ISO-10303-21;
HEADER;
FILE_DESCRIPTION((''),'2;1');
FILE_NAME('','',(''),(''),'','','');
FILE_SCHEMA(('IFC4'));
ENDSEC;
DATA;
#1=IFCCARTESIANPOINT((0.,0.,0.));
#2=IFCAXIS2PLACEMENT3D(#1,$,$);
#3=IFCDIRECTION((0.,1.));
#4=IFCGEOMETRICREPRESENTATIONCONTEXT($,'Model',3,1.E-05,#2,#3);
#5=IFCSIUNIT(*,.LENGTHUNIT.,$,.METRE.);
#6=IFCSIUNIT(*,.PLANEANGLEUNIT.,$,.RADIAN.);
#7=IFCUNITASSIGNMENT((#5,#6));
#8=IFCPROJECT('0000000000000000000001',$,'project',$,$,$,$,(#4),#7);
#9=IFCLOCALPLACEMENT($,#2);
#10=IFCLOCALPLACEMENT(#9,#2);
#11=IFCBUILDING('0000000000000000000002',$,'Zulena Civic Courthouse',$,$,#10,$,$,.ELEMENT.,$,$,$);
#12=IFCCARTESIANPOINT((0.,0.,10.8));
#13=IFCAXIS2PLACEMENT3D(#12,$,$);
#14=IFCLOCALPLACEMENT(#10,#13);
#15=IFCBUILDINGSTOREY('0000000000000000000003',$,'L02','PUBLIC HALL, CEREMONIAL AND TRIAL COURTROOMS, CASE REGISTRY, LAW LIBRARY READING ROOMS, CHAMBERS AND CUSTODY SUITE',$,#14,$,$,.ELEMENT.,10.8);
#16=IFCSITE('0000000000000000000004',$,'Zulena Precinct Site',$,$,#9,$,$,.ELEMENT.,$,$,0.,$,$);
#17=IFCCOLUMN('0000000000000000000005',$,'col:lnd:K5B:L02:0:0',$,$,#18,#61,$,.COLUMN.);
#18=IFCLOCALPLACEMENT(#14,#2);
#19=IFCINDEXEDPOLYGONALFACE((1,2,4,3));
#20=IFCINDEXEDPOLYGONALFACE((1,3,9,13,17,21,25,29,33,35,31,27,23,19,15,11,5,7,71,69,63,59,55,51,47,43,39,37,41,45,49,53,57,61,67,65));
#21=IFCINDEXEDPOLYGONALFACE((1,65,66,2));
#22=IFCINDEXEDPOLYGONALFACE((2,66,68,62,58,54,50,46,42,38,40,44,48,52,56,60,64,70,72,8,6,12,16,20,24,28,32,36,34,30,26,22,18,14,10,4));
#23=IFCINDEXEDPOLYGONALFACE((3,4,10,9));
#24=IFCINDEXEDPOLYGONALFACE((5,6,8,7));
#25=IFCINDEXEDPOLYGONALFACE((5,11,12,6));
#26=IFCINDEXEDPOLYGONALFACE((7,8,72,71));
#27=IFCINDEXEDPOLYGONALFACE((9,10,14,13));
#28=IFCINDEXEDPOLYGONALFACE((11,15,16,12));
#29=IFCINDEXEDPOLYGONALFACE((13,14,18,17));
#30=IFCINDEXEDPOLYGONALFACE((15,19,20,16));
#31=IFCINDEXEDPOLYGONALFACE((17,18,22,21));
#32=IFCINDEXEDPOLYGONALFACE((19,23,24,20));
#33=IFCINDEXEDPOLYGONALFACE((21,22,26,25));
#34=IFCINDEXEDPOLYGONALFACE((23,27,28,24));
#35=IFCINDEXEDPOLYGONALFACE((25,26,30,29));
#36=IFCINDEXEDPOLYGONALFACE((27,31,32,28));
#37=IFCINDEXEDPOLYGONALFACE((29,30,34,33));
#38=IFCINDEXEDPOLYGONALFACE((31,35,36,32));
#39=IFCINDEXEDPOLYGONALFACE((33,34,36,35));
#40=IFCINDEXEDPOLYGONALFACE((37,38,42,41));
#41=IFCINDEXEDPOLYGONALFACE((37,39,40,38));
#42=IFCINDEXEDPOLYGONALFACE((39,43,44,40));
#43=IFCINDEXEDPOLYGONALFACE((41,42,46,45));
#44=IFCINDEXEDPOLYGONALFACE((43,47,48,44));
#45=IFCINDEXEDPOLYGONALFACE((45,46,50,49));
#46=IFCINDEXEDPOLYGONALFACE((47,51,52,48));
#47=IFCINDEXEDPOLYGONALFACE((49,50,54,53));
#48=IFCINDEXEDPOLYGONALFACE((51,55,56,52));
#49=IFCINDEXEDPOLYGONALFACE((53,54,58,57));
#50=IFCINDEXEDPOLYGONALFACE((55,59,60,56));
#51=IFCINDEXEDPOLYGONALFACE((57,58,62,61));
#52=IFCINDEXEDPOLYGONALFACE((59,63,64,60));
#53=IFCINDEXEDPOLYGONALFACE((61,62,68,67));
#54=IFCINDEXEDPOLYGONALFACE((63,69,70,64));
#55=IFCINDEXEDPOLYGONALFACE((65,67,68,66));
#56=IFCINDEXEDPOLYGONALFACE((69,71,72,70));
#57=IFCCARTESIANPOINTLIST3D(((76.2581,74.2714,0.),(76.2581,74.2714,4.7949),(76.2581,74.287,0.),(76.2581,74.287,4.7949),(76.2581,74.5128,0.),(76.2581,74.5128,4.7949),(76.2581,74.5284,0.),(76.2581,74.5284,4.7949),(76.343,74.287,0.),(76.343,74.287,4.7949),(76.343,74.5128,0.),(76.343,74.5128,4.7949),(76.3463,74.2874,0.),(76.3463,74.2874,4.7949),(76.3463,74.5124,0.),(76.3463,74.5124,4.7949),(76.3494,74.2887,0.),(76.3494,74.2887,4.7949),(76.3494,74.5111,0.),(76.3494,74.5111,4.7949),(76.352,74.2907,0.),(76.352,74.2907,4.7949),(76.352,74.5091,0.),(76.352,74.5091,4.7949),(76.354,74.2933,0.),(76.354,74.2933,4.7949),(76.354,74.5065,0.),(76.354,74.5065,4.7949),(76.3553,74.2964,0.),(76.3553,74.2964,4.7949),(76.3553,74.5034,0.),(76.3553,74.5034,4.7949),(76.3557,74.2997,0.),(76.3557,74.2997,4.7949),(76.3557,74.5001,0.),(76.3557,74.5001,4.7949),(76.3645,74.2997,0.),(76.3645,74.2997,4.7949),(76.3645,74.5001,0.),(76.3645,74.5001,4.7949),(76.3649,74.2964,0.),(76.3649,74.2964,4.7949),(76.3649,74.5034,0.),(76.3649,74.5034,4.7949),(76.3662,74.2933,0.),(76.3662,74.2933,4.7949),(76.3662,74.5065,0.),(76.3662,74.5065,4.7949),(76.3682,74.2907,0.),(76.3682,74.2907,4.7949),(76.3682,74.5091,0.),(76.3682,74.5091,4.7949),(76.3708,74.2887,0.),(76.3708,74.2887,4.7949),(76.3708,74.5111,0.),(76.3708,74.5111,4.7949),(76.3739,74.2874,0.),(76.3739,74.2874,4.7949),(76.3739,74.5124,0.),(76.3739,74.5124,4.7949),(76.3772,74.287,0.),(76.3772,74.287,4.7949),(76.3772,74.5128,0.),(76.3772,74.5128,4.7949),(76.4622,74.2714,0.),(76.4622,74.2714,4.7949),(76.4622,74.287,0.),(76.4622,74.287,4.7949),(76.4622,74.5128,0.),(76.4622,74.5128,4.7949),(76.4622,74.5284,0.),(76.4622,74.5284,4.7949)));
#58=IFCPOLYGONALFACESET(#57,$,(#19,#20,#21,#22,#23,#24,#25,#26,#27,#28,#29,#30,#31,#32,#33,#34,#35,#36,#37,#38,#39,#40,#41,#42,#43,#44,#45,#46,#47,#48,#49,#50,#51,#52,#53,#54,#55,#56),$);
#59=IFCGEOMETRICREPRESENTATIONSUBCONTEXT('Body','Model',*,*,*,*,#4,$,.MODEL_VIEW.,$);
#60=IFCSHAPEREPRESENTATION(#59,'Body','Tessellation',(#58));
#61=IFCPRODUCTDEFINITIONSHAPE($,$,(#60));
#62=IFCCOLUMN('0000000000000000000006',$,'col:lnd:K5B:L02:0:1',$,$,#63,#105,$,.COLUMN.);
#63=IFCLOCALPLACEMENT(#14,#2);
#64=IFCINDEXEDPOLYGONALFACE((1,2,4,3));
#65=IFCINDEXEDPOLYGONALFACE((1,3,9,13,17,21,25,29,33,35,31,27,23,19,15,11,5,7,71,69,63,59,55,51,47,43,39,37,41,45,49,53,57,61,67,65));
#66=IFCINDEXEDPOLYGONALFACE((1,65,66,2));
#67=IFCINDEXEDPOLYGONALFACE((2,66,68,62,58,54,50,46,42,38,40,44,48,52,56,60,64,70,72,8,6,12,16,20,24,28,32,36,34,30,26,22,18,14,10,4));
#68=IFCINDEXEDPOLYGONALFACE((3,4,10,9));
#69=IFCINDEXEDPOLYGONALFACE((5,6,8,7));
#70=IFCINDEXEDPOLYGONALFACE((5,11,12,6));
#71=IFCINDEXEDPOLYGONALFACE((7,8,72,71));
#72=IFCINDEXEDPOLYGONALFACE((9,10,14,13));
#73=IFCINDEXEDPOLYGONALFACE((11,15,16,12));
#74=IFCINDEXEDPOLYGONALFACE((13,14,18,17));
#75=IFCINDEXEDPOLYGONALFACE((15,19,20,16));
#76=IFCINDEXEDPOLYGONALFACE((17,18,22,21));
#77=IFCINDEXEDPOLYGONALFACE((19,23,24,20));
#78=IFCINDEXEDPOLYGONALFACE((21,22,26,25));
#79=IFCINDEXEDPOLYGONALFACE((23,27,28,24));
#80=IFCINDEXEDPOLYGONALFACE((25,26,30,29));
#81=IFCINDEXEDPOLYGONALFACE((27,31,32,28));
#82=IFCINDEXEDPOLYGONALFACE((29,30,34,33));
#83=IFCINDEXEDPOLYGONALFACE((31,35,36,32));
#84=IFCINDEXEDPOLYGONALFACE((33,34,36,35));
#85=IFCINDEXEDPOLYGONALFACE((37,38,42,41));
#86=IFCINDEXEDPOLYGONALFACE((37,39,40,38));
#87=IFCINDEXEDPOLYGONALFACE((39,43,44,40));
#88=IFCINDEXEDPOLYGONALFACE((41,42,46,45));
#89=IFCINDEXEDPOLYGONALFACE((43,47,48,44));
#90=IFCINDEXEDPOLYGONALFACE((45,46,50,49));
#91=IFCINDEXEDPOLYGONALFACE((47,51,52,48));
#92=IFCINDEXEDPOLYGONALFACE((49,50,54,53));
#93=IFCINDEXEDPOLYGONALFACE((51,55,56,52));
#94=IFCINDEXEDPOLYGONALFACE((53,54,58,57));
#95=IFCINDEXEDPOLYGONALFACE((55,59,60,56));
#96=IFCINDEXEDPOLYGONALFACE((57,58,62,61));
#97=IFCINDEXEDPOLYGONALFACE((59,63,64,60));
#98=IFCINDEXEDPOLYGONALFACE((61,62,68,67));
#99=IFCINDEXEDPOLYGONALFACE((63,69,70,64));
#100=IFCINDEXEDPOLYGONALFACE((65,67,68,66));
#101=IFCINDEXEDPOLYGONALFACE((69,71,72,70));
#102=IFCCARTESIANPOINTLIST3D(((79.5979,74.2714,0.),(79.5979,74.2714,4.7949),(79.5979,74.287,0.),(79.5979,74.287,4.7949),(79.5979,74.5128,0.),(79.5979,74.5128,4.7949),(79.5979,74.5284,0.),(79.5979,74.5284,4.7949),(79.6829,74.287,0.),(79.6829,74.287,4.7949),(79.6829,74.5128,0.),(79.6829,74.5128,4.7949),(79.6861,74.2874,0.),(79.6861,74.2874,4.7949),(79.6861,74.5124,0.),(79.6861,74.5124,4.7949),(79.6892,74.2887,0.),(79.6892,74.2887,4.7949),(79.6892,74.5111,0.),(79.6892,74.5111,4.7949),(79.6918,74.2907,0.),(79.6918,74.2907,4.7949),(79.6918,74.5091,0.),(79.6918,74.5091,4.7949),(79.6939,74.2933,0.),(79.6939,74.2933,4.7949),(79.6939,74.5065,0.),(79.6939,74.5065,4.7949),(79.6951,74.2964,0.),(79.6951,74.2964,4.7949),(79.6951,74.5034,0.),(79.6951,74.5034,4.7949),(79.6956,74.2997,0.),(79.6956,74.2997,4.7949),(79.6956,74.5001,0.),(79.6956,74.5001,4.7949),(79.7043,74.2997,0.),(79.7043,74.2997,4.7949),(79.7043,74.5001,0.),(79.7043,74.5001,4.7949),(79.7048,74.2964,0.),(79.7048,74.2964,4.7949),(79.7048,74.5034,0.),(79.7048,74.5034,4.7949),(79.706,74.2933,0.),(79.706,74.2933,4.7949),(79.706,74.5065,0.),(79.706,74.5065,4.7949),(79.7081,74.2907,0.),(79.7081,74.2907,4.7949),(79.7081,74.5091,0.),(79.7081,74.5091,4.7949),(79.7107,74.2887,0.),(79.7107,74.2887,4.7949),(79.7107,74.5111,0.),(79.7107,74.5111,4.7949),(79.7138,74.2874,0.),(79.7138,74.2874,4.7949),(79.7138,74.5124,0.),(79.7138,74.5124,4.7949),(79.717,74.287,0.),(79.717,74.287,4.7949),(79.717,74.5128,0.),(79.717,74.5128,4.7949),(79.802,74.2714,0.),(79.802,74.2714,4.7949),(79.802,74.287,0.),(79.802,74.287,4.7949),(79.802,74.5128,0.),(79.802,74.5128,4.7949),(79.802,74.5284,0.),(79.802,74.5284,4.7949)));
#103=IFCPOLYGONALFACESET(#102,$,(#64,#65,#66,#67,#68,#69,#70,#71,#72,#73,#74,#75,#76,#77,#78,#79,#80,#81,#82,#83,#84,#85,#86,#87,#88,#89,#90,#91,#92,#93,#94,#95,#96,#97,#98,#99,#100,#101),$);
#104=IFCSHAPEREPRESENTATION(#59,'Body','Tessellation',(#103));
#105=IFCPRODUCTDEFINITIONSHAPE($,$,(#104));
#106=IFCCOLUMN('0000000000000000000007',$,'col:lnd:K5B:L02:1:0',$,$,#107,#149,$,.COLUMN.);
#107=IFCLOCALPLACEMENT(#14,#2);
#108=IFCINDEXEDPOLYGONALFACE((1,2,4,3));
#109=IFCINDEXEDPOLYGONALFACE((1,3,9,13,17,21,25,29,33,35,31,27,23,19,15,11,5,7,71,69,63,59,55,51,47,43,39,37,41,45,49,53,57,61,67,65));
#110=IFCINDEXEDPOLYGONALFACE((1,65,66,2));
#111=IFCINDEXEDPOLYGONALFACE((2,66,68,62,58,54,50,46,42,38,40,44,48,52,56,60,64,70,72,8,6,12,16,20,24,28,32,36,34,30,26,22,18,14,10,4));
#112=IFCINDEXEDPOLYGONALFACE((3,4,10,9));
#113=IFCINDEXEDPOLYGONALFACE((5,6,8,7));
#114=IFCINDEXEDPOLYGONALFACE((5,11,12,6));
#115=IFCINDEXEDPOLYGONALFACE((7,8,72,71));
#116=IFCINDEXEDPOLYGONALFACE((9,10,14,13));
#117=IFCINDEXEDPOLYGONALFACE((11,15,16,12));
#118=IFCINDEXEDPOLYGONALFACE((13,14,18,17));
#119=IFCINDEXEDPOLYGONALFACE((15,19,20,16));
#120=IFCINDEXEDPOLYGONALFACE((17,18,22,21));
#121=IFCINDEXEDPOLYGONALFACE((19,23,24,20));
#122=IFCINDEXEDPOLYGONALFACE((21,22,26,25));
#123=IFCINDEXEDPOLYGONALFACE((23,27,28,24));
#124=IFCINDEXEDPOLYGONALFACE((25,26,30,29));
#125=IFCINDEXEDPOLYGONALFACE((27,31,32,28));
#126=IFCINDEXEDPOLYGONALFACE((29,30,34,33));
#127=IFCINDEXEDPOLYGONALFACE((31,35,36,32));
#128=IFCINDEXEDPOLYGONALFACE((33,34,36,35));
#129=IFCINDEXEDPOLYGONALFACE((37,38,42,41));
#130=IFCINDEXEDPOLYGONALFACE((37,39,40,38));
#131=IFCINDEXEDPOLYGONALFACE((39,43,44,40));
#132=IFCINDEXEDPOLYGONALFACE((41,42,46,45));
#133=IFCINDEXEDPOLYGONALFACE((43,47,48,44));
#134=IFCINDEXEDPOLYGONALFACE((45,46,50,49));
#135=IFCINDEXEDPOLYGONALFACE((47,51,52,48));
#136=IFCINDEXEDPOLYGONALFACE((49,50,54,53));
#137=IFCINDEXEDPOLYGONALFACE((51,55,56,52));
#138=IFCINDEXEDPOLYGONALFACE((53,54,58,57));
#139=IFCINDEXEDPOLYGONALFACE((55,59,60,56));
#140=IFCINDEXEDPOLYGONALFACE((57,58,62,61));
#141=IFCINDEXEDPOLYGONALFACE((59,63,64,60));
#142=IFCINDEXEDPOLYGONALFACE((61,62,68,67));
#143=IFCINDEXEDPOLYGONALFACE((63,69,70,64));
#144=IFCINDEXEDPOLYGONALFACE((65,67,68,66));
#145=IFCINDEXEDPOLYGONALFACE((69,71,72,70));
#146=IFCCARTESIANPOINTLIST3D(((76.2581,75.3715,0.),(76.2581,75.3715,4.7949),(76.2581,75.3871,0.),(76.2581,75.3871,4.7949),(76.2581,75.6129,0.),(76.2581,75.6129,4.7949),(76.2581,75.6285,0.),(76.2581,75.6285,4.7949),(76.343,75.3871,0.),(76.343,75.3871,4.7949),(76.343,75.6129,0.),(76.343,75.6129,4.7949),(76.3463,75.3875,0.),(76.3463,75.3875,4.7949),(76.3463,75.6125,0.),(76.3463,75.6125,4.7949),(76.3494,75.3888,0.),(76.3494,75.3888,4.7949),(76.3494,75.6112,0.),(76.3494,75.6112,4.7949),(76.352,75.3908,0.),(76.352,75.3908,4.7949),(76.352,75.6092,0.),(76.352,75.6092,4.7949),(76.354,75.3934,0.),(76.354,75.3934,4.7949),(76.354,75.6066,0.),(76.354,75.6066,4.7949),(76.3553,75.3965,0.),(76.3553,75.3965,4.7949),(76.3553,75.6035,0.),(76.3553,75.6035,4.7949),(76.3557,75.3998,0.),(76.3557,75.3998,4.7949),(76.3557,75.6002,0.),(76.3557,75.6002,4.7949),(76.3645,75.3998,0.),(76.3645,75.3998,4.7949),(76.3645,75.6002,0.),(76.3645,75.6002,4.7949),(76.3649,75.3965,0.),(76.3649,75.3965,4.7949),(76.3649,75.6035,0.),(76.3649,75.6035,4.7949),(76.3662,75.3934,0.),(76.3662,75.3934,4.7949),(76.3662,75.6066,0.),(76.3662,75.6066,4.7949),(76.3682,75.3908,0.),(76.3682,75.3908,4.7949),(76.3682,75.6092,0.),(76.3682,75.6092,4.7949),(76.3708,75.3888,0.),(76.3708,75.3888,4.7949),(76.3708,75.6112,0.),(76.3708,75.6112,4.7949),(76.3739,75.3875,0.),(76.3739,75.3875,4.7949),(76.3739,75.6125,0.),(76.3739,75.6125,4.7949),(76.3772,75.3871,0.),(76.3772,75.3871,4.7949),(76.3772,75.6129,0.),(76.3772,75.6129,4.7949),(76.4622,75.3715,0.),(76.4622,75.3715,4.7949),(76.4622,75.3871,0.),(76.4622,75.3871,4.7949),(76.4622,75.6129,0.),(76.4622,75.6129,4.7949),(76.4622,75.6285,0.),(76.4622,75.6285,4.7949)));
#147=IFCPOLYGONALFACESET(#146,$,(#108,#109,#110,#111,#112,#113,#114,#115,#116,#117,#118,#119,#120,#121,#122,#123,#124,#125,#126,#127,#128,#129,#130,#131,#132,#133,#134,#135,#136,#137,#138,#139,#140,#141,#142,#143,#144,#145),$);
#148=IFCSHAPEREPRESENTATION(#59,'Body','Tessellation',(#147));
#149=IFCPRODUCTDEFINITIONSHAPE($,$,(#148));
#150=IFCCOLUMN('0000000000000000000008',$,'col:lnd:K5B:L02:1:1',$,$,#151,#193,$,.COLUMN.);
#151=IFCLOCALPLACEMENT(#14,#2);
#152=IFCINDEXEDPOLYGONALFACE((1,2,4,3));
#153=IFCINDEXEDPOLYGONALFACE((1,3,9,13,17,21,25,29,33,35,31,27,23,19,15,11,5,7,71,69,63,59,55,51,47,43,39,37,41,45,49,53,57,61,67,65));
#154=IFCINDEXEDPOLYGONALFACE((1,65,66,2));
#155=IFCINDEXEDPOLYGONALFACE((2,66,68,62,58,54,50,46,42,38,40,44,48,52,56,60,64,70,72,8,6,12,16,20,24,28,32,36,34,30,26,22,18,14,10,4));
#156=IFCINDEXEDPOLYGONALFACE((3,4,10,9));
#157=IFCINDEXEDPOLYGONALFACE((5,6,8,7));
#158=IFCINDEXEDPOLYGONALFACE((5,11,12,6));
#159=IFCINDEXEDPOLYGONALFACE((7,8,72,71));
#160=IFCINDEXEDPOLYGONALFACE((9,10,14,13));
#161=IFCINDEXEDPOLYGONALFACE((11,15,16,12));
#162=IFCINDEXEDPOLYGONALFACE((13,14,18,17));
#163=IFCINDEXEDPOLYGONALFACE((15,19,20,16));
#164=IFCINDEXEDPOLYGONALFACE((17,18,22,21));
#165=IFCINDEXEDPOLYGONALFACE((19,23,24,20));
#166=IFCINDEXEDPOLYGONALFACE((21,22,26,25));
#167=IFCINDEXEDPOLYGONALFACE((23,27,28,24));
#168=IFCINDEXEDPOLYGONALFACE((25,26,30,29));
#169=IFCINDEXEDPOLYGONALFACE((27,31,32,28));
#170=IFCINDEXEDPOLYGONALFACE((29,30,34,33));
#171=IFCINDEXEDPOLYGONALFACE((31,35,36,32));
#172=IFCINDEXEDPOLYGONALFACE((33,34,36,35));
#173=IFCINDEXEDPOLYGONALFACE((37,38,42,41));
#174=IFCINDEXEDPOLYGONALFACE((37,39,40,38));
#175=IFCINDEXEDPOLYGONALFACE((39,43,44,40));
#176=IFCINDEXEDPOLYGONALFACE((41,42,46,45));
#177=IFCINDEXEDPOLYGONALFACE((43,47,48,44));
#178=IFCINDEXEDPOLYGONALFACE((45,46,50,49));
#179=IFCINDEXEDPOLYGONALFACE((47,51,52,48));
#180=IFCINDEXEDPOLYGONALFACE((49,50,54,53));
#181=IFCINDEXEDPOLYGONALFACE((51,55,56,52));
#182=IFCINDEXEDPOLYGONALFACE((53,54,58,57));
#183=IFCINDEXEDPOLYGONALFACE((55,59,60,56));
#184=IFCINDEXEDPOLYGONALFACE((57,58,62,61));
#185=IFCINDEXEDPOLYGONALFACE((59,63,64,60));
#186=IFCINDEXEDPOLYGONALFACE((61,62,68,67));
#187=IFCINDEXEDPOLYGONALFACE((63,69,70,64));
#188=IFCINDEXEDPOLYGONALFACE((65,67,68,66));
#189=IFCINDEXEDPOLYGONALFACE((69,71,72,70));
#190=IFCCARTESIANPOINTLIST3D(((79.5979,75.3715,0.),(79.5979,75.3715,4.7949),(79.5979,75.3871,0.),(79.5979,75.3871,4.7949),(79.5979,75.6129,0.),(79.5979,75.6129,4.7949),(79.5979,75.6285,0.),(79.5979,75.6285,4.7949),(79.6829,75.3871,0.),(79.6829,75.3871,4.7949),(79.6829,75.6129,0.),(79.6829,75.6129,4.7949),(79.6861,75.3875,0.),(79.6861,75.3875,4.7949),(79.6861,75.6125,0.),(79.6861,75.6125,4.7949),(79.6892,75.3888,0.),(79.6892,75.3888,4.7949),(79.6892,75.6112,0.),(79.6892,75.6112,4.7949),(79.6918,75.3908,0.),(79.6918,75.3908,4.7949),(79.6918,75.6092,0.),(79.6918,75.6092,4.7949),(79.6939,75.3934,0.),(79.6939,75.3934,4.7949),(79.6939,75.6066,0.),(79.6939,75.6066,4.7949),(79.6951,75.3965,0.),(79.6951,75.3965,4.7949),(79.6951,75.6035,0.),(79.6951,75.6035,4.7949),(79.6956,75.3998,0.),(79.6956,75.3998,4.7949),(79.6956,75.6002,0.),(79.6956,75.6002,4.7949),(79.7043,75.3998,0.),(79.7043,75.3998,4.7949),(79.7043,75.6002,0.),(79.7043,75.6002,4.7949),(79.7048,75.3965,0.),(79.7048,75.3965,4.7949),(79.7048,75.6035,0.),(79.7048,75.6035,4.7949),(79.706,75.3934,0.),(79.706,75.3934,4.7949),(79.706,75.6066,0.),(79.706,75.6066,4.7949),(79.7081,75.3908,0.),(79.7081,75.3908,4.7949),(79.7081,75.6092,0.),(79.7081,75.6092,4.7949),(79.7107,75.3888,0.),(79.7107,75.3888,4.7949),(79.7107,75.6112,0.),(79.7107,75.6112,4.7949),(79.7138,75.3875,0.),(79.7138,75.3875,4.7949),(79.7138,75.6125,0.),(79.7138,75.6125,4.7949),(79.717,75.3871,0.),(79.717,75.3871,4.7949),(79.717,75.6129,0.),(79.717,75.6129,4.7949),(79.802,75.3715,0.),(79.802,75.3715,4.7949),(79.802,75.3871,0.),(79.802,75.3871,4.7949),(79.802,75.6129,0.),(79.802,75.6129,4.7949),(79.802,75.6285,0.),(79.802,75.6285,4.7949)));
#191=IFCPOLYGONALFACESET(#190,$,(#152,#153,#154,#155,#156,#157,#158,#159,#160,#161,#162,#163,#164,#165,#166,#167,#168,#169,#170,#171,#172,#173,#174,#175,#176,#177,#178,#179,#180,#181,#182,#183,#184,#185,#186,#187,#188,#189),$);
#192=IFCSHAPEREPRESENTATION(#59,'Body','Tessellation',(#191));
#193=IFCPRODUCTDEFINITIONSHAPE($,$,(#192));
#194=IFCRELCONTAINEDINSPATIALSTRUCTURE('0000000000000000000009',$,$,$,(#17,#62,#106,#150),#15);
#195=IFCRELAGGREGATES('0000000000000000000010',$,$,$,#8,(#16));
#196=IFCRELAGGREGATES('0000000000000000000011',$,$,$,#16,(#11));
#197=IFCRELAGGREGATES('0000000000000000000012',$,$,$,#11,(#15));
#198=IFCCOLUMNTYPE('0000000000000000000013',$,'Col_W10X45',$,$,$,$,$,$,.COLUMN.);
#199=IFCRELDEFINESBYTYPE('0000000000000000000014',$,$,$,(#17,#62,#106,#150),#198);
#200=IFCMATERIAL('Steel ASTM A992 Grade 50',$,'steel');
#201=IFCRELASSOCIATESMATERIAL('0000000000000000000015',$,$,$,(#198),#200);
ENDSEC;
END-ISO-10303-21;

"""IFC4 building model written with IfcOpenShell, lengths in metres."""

from ifc_helpers import new_model, si_unit, direction, frame, origin, origin_2d, place, context, subcontext, project, spatial, i_section, extrude, material, material_profile, profile_set, type_object, element, save


model = new_model("IFC4")

# Units and contexts
model_context = context("Model", 3, precision=1e-05, world=origin(), true_north=direction((0.0, 1.0)))
body_context = subcontext(model_context, "Body", "Model", "MODEL_VIEW")
ifc_project = project(units=[si_unit("LENGTHUNIT", "METRE"), si_unit("PLANEANGLEUNIT", "RADIAN")], contexts=[model_context])

# Site, building, storey
site_placement = place(None, origin())
site = spatial("IfcSite", under=ifc_project, at=site_placement, Name="Zulena Precinct Site", CompositionType="ELEMENT", RefElevation=0.0)
building_placement = place(site_placement, origin())
building = spatial("IfcBuilding", under=site, at=building_placement, Name="Zulena Civic Courthouse", CompositionType="ELEMENT")
storey_placement = place(building_placement, frame((0.0, 0.0, 10.8)))
storey = spatial("IfcBuildingStorey", under=building, at=storey_placement, Name="L02", Description="PUBLIC HALL, CEREMONIAL AND TRIAL COURTROOMS, CASE REGISTRY, LAW LIBRARY READING ROOMS, CHAMBERS AND CUSTODY SUITE", CompositionType="ELEMENT", Elevation=10.8)

# Columns
ifc_material_1 = material(Name="Steel ASTM A992 Grade 50", Category="steel")
ifc_material_profile_1 = material_profile(ifc_material_1, i_section(OverallWidth=0.2041, OverallDepth=0.2571, WebThickness=0.0088, FlangeThickness=0.0156, FilletRadius=0.0127, at=origin_2d()), Name="W10X45")
ifc_profile_set_1 = profile_set([ifc_material_profile_1], Name="Steel ASTM A992 Grade 50")
column_type_1 = type_object("IfcColumnType", Name="Col_W10X45", PredefinedType="COLUMN", material=ifc_profile_set_1)
for number, where, z_axis, x_axis, name in (
    (1, (76.3601, 74.3999, 0.0), (0.0, 0.0, 1.0), (1.0, 0.0, 0.0), "col:lnd:K5B:L02:0:0"),
    (2, (79.7, 74.3999, 0.0), (0.0, 0.0, 1.0), (1.0, 0.0, 0.0), "col:lnd:K5B:L02:0:1"),
    (3, (76.3601, 75.5, 0.0), (0.0, 0.0, 1.0), (1.0, 0.0, 0.0), "col:lnd:K5B:L02:1:0"),
    (4, (79.7, 75.5, 0.0), (0.0, 0.0, 1.0), (1.0, 0.0, 0.0), "col:lnd:K5B:L02:1:1"),
):
    element("IfcColumn", number, at=place(storey_placement, frame(where, z_axis=z_axis, x_axis=x_axis)), inside=storey, type_object=column_type_1, Name=name, PredefinedType="COLUMN", context=body_context, shape_type="SweptSolid", body=[
        extrude(i_section(OverallWidth=0.2041, OverallDepth=0.2571, WebThickness=0.0088, FlangeThickness=0.0156, FilletRadius=0.0127, at=origin_2d()), origin(), (0.0, 0.0, 1.0), 4.7949),
    ])

save(model, "model.ifc")
